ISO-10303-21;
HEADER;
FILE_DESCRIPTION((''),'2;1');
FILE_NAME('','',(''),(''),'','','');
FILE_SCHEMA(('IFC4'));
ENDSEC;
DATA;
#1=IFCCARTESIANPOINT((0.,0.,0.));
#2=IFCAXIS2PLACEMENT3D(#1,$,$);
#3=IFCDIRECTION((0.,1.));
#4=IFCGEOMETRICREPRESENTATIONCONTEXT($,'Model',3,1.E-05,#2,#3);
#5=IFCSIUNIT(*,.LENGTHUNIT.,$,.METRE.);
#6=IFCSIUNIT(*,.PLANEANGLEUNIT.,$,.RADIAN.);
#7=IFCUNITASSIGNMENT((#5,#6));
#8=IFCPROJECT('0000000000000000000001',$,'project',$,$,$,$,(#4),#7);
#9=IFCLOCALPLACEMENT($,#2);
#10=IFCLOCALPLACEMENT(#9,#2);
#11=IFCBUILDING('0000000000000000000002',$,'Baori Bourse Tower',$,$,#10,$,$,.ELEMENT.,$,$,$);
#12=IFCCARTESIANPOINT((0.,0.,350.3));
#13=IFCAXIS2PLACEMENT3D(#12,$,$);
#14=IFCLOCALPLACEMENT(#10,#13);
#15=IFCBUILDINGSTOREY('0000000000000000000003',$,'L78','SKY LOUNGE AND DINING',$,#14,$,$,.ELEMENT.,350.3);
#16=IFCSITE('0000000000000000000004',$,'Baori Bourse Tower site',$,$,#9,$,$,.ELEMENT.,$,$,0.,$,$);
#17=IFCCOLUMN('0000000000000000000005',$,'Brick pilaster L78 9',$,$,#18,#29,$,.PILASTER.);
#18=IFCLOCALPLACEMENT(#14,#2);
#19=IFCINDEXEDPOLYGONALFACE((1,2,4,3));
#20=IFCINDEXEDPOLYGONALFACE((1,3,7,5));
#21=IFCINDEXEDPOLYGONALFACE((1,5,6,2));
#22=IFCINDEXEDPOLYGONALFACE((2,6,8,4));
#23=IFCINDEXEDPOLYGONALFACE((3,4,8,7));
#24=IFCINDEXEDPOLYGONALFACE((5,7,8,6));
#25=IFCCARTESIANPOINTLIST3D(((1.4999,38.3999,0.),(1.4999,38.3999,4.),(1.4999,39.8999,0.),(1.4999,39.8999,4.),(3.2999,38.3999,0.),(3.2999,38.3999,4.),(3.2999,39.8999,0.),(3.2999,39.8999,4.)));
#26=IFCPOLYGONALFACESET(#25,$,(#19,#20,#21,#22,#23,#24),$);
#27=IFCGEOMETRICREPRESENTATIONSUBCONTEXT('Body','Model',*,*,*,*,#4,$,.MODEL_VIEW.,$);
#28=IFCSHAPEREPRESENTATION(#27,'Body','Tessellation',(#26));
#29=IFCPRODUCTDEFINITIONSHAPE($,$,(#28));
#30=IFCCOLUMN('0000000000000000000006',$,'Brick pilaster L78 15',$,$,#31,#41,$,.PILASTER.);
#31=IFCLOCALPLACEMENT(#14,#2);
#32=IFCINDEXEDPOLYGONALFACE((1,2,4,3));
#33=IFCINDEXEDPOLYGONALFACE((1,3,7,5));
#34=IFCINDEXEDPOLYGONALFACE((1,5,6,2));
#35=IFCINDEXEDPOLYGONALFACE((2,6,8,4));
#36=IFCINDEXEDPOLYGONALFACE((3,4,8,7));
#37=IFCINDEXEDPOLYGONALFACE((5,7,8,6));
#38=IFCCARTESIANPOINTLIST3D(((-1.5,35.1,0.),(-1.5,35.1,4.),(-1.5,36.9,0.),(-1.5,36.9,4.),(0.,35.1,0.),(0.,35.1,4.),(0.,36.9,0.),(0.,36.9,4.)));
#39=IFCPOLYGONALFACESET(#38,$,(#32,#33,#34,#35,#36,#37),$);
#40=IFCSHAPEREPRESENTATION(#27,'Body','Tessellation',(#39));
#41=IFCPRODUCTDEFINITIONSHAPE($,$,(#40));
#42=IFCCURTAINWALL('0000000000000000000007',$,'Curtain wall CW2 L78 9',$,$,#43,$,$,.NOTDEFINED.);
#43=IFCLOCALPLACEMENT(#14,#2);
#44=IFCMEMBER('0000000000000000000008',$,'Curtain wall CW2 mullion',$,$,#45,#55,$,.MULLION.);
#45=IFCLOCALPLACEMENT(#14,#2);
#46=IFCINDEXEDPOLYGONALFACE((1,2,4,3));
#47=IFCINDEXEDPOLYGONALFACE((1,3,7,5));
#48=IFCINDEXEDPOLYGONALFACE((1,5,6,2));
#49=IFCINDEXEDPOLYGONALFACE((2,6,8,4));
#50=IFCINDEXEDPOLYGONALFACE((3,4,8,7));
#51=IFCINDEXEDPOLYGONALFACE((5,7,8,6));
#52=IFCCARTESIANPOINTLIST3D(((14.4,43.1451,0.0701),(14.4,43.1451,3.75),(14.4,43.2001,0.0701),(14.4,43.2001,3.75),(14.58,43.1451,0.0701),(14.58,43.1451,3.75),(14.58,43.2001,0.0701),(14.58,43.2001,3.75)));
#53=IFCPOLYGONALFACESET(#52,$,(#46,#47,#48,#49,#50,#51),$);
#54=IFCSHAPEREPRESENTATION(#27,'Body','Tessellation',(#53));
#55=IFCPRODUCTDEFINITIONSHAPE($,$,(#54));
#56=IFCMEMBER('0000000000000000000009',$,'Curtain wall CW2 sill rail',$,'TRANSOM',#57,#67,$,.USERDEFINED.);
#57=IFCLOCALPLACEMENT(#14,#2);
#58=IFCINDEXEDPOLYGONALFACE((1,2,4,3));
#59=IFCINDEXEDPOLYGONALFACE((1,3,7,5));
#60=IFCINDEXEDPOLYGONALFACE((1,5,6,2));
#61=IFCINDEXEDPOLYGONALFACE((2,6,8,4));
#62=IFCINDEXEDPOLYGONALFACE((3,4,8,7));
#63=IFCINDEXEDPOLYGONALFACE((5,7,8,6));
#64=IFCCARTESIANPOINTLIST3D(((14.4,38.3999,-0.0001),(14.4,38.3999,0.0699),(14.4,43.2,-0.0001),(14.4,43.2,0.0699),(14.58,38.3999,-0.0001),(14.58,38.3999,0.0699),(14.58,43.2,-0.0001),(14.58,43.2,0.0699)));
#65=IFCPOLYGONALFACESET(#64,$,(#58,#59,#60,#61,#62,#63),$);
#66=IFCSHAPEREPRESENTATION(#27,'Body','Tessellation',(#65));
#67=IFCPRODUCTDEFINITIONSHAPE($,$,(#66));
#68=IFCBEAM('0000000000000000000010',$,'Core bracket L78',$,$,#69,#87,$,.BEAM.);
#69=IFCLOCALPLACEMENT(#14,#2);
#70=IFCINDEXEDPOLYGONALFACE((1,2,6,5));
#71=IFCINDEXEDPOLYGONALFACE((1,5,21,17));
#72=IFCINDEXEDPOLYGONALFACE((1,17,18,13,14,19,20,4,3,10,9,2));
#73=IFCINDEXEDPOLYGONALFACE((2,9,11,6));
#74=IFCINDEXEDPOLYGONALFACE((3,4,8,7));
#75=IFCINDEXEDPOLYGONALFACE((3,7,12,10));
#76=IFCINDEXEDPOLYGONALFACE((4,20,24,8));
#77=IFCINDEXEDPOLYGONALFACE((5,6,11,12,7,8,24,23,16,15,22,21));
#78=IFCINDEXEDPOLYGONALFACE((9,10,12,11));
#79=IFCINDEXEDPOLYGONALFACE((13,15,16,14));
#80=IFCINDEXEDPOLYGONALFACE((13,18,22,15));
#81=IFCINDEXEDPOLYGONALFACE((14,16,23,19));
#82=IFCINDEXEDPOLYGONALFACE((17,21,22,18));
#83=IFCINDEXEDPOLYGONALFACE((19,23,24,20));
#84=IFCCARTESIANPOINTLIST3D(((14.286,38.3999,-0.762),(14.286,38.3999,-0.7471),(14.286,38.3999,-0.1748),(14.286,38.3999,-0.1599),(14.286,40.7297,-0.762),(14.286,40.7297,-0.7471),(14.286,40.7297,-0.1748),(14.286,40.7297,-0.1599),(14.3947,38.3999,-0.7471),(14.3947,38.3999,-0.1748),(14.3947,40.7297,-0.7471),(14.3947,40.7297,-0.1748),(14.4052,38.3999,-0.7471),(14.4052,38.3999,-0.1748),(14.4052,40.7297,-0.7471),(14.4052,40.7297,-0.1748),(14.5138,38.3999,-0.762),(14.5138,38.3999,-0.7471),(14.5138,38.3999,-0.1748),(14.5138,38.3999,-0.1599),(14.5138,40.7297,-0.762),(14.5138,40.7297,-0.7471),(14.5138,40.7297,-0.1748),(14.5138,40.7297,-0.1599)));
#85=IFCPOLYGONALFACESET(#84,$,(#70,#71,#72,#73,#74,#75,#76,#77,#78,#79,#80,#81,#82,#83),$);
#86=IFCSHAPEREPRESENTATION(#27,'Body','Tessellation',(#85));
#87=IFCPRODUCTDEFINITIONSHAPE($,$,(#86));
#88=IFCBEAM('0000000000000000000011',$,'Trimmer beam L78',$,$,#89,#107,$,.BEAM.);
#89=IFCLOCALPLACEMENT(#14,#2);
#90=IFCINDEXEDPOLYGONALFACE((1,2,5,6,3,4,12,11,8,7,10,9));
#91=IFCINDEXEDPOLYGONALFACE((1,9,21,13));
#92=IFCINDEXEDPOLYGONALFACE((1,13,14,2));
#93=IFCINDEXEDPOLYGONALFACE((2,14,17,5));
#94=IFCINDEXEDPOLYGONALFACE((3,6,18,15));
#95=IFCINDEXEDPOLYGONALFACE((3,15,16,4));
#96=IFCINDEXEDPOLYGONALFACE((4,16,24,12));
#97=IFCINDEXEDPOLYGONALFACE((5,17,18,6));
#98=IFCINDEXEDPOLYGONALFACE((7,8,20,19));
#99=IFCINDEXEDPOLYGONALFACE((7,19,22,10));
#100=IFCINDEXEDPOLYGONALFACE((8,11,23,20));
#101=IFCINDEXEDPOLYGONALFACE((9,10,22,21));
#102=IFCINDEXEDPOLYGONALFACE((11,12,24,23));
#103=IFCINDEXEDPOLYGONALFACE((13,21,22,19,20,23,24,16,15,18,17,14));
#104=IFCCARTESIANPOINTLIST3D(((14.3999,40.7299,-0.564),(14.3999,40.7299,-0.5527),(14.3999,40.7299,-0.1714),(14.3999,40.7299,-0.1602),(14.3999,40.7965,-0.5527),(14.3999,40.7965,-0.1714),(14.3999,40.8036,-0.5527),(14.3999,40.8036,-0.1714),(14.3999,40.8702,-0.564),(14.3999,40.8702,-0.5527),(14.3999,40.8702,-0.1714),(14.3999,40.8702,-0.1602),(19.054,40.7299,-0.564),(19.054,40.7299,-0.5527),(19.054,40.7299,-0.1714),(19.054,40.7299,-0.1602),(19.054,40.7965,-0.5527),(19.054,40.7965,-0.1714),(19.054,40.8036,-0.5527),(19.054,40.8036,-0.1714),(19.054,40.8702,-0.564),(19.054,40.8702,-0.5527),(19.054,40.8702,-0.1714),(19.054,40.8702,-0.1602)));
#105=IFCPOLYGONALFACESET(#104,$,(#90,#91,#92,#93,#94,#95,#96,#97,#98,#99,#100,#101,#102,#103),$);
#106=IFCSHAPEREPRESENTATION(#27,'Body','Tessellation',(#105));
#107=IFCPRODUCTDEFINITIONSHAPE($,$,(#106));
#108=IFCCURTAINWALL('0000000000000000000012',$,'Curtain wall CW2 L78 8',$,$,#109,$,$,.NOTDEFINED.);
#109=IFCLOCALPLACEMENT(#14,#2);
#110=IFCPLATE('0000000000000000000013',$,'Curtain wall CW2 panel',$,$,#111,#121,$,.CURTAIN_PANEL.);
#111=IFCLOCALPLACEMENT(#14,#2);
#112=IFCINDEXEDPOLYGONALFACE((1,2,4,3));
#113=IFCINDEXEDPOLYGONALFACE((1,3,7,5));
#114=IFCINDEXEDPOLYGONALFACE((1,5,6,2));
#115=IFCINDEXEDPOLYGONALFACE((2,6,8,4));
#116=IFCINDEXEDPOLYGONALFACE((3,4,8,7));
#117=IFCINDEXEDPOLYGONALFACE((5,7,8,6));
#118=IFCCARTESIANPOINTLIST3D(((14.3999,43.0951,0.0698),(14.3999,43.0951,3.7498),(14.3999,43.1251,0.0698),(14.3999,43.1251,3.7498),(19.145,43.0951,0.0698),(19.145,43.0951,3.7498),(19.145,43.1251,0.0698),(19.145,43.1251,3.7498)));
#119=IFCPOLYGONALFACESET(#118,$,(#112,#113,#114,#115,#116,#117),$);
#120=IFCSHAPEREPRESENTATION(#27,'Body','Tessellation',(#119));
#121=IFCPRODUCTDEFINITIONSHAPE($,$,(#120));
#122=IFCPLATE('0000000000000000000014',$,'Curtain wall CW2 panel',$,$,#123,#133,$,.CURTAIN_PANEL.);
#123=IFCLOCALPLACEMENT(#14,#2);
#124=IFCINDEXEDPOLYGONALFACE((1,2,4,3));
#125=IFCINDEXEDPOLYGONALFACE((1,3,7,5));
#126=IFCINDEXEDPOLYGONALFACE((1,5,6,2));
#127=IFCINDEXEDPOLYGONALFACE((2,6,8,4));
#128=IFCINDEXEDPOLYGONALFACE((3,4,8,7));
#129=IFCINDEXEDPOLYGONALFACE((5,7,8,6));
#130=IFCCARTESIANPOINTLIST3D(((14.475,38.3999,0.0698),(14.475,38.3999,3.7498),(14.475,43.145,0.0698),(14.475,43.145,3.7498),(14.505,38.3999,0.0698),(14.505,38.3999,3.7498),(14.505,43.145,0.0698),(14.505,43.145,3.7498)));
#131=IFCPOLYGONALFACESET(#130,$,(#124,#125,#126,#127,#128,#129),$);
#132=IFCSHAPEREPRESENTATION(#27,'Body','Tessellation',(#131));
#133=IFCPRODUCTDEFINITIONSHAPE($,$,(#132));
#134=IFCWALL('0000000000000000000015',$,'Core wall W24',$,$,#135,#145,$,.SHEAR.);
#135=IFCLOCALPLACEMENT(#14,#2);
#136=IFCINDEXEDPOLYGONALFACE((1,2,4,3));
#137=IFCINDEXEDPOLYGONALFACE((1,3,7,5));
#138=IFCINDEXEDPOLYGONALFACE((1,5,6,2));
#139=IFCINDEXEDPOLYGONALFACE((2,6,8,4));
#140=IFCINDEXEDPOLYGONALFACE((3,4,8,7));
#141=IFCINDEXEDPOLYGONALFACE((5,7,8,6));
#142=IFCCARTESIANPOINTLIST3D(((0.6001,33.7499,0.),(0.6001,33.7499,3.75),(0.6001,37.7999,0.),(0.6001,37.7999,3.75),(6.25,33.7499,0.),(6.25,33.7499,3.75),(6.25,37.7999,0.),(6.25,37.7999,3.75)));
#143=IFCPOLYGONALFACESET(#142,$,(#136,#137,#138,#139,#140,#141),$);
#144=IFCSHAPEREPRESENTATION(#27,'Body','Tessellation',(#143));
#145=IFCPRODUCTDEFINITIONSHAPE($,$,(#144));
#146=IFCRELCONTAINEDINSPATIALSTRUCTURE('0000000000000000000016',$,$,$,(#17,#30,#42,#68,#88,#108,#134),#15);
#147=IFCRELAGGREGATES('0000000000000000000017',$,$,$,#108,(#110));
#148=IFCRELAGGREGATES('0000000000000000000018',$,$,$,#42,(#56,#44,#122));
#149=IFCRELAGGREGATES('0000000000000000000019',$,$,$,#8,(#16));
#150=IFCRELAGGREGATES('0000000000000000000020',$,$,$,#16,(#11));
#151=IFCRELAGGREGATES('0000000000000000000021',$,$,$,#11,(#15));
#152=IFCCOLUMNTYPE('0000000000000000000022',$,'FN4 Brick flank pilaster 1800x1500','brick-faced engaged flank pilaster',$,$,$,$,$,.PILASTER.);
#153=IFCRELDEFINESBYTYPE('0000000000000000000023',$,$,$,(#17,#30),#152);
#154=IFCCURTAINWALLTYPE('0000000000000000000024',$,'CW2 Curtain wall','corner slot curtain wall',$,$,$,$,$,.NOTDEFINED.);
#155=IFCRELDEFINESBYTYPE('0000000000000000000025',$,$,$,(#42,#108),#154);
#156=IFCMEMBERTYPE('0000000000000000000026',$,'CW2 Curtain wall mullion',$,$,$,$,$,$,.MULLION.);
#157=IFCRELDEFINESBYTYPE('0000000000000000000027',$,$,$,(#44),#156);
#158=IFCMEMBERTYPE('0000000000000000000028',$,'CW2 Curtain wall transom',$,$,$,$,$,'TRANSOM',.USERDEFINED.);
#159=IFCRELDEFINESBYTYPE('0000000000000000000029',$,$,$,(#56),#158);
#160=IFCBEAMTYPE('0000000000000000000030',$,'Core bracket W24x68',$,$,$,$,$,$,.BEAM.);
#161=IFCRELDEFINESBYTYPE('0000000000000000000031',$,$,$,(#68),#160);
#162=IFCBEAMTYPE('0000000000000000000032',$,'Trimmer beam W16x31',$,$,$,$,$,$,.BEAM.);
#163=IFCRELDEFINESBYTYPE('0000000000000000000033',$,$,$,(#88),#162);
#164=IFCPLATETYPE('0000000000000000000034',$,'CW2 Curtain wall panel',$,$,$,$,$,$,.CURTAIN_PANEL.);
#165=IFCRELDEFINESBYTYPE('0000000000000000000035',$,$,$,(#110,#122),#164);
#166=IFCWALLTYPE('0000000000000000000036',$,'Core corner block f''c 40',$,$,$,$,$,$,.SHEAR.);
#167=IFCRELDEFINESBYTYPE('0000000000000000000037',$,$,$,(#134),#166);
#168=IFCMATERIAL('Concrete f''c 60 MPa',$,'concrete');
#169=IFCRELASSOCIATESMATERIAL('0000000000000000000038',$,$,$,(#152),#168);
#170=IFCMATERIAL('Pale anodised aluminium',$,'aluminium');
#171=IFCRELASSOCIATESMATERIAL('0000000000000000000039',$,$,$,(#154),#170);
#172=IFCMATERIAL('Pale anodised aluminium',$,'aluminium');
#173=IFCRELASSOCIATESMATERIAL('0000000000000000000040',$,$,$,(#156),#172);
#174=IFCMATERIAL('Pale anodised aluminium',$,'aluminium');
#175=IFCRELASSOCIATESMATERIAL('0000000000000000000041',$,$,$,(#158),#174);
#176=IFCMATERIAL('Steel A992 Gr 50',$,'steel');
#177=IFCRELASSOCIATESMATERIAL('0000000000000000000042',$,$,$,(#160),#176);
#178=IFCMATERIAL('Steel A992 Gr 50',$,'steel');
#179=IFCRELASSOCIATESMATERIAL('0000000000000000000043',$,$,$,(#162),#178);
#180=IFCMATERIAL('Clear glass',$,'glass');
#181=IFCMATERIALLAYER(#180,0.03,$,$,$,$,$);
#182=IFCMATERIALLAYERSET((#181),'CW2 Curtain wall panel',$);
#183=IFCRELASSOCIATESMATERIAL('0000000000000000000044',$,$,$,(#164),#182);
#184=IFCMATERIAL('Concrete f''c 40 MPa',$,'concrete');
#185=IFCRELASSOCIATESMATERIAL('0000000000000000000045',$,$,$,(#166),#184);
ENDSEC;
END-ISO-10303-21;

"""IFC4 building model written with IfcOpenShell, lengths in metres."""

from ifc_helpers import new_model, si_unit, direction, frame, frame_2d, origin, origin_2d, place, context, subcontext, project, spatial, rectangle, i_section, extrude, material, layer, layer_set, material_profile, profile_set, type_object, element, aggregate, save


model = new_model("IFC4")

# Units and contexts
model_context = context("Model", 3, precision=1e-05, world=origin(), true_north=direction((0.0, 1.0)))
body_context = subcontext(model_context, "Body", "Model", "MODEL_VIEW")
ifc_project = project(units=[si_unit("LENGTHUNIT", "METRE"), si_unit("PLANEANGLEUNIT", "RADIAN")], contexts=[model_context])

# Site, building, storey
site_placement = place(None, origin())
site = spatial("IfcSite", under=ifc_project, at=site_placement, Name="Baori Bourse Tower site", CompositionType="ELEMENT", RefElevation=0.0)
building_placement = place(site_placement, origin())
building = spatial("IfcBuilding", under=site, at=building_placement, Name="Baori Bourse Tower", CompositionType="ELEMENT")
storey_placement = place(building_placement, frame((0.0, 0.0, 350.3)))
storey = spatial("IfcBuildingStorey", under=building, at=storey_placement, Name="L78", Description="SKY LOUNGE AND DINING", CompositionType="ELEMENT", Elevation=350.3)

# Columns
ifc_material_1 = material(Name="Concrete f'c 60 MPa", Category="concrete")
ifc_material_profile_1 = material_profile(ifc_material_1, rectangle(XDim=1.8, YDim=1.5, at=origin_2d()), Name="RC 1800x1500")
ifc_profile_set_1 = profile_set([ifc_material_profile_1], Name="Concrete f'c 60 MPa")
column_type = type_object("IfcColumnType", Name="FN4 Brick flank pilaster 1800x1500", Description="brick-faced engaged flank pilaster", PredefinedType="PILASTER", material=ifc_profile_set_1)
for number, where, z_axis, x_axis, name in (
    (1, (2.3999, 39.1499, 0.0), (0.0, 0.0, 1.0), (1.0, 0.0, 0.0), "Brick pilaster L78 9"),
    (2, (-0.75, 36.0, 0.0), (0.0, 0.0, 1.0), (0.0, 1.0, 0.0), "Brick pilaster L78 15"),
):
    element("IfcColumn", number, at=place(storey_placement, frame(where, z_axis=z_axis, x_axis=x_axis)), inside=storey, type_object=column_type, Name=name, PredefinedType="PILASTER", context=body_context, shape_type="SweptSolid", body=[
        extrude(rectangle(XDim=1.8, YDim=1.5, at=origin_2d()), origin(), (0.0, 0.0, 1.0), 4.0),
    ])

# Curtain wall, members
ifc_material_2 = material(Name="Pale anodised aluminium", Category="aluminium")
curtain_wall_type = type_object("IfcCurtainWallType", Name="CW2 Curtain wall", Description="corner slot curtain wall", PredefinedType="NOTDEFINED", material=ifc_material_2)
curtain_wall_1_placement = place(storey_placement, origin())
curtain_wall_1 = element("IfcCurtainWall", 3, at=curtain_wall_1_placement, inside=storey, type_object=curtain_wall_type, Name="Curtain wall CW2 L78 9", PredefinedType="NOTDEFINED")
ifc_material_3 = material(Name="Pale anodised aluminium", Category="aluminium")
ifc_material_profile_2 = material_profile(ifc_material_3, rectangle(XDim=0.1799, YDim=0.0549, at=origin_2d()), Name="Mullion 55x180")
ifc_profile_set_2 = profile_set([ifc_material_profile_2], Name="Pale anodised aluminium")
member_type_1 = type_object("IfcMemberType", Name="CW2 Curtain wall mullion", PredefinedType="MULLION", material=ifc_profile_set_2)
member_1_placement = place(storey_placement, frame((14.49, 43.1726, 0.0701), z_axis=(0.0, 0.0, 1.0), x_axis=(1.0, 0.0, 0.0)))
member_1 = element("IfcMember", 4, at=member_1_placement, type_object=member_type_1, Name="Curtain wall CW2 mullion", PredefinedType="MULLION", context=body_context, shape_type="SweptSolid", body=[
    extrude(rectangle(XDim=0.1799, YDim=0.0549, at=origin_2d()), origin(), (0.0, 0.0, 1.0), 3.6799),
])
ifc_material_4 = material(Name="Pale anodised aluminium", Category="aluminium")
ifc_material_profile_3 = material_profile(ifc_material_4, rectangle(XDim=0.1799, YDim=0.0701, at=origin_2d()), Name="Transom 70x180")
ifc_profile_set_3 = profile_set([ifc_material_profile_3], Name="Pale anodised aluminium")
member_type_2 = type_object("IfcMemberType", Name="CW2 Curtain wall transom", ElementType="TRANSOM", PredefinedType="USERDEFINED", material=ifc_profile_set_3)
member_2_placement = place(storey_placement, frame((14.49, 43.2, 0.0349), z_axis=(0.0, -1.0, 0.0), x_axis=(1.0, 0.0, 0.0)))
member_2 = element("IfcMember", 5, at=member_2_placement, type_object=member_type_2, Name="Curtain wall CW2 sill rail", ObjectType="TRANSOM", PredefinedType="USERDEFINED", context=body_context, shape_type="SweptSolid", body=[
    extrude(rectangle(XDim=0.1799, YDim=0.0701, at=origin_2d()), origin(), (0.0, 0.0, 1.0), 4.8),
])

# Beams
ifc_material_5 = material(Name="Steel A992 Gr 50", Category="steel")
ifc_material_profile_4 = material_profile(ifc_material_5, i_section(OverallWidth=0.2278, OverallDepth=0.6021, WebThickness=0.0105, FlangeThickness=0.0149, at=origin_2d()), Name="W24x68")
ifc_profile_set_4 = profile_set([ifc_material_profile_4], Name="Steel A992 Gr 50")
beam_type_1 = type_object("IfcBeamType", Name="Core bracket W24x68", PredefinedType="BEAM", material=ifc_profile_set_4)
beam_1_placement = place(storey_placement, frame((14.3999, 38.3999, -0.4609), z_axis=(0.0, 1.0, 0.0), x_axis=(-1.0, 0.0, 0.0)))
element("IfcBeam", 6, at=beam_1_placement, inside=storey, type_object=beam_type_1, Name="Core bracket L78", PredefinedType="BEAM", context=body_context, shape_type="SweptSolid", body=[
    extrude(i_section(OverallWidth=0.2278, OverallDepth=0.6021, WebThickness=0.0105, FlangeThickness=0.0149, at=origin_2d()), origin(), (0.0, 0.0, 1.0), 2.3298),
])
ifc_material_6 = material(Name="Steel A992 Gr 50", Category="steel")
ifc_material_profile_5 = material_profile(ifc_material_6, i_section(OverallWidth=0.1404, OverallDepth=0.4038, WebThickness=0.0071, FlangeThickness=0.0112, at=origin_2d()), Name="W16x31")
ifc_profile_set_5 = profile_set([ifc_material_profile_5], Name="Steel A992 Gr 50")
beam_type_2 = type_object("IfcBeamType", Name="Trimmer beam W16x31", PredefinedType="BEAM", material=ifc_profile_set_5)
beam_2_placement = place(storey_placement, frame((14.3999, 40.8, -0.3621), z_axis=(1.0, 0.0, 0.0), x_axis=(0.0, 1.0, 0.0)))
element("IfcBeam", 7, at=beam_2_placement, inside=storey, type_object=beam_type_2, Name="Trimmer beam L78", PredefinedType="BEAM", context=body_context, shape_type="SweptSolid", body=[
    extrude(i_section(OverallWidth=0.1404, OverallDepth=0.4038, WebThickness=0.0071, FlangeThickness=0.0112, at=origin_2d()), origin(), (0.0, 0.0, 1.0), 4.6541),
])

# Curtain wall, plate
curtain_wall_2_placement = place(storey_placement, origin())
curtain_wall_2 = element("IfcCurtainWall", 8, at=curtain_wall_2_placement, inside=storey, type_object=curtain_wall_type, Name="Curtain wall CW2 L78 8", PredefinedType="NOTDEFINED")
ifc_material_7 = material(Name="Clear glass", Category="glass")
ifc_layer_1 = layer(ifc_material_7, 0.03)
ifc_layer_set_1 = layer_set([ifc_layer_1], Name="CW2 Curtain wall panel")
plate_type = type_object("IfcPlateType", Name="CW2 Curtain wall panel", PredefinedType="CURTAIN_PANEL", material=ifc_layer_set_1)
plate_1_placement = place(storey_placement, frame((16.7725, 43.1101, 0.0698), z_axis=(0.0, 0.0, 1.0), x_axis=(-1.0, 0.0, 0.0)))
plate_1 = element("IfcPlate", 9, at=plate_1_placement, type_object=plate_type, Name="Curtain wall CW2 panel", PredefinedType="CURTAIN_PANEL", context=body_context, shape_type="SweptSolid", body=[
    extrude(rectangle(XDim=4.7451, YDim=0.03, at=origin_2d()), origin(), (0.0, 0.0, 1.0), 3.6799),
])
aggregate(curtain_wall_2, [plate_1])

# Plate
plate_2_placement = place(storey_placement, frame((14.49, 40.7725, 0.0698), z_axis=(0.0, 0.0, 1.0), x_axis=(0.0, -1.0, 0.0)))
plate_2 = element("IfcPlate", 10, at=plate_2_placement, type_object=plate_type, Name="Curtain wall CW2 panel", PredefinedType="CURTAIN_PANEL", context=body_context, shape_type="SweptSolid", body=[
    extrude(rectangle(XDim=4.7451, YDim=0.03, at=origin_2d()), origin(), (0.0, 0.0, 1.0), 3.6799),
])
aggregate(curtain_wall_1, [member_2, member_1, plate_2])

# Wall
ifc_material_8 = material(Name="Concrete f'c 40 MPa", Category="concrete")
wall_type_1 = type_object("IfcWallType", Name="Core corner block f'c 40", PredefinedType="SHEAR", material=ifc_material_8)
wall_1_placement = place(storey_placement, frame((0.6001, 35.7749, 0.0), z_axis=(0.0, 0.0, 1.0), x_axis=(1.0, 0.0, 0.0)))
element("IfcWall", 11, at=wall_1_placement, inside=storey, type_object=wall_type_1, Name="Core wall W24", PredefinedType="SHEAR", context=body_context, shape_type="SweptSolid", body=[
    extrude(rectangle(XDim=5.6499, YDim=4.05, at=frame_2d((2.825, 0.0))), origin(), (0.0, 0.0, 1.0), 3.75),
])

save(model, "model.ifc")
